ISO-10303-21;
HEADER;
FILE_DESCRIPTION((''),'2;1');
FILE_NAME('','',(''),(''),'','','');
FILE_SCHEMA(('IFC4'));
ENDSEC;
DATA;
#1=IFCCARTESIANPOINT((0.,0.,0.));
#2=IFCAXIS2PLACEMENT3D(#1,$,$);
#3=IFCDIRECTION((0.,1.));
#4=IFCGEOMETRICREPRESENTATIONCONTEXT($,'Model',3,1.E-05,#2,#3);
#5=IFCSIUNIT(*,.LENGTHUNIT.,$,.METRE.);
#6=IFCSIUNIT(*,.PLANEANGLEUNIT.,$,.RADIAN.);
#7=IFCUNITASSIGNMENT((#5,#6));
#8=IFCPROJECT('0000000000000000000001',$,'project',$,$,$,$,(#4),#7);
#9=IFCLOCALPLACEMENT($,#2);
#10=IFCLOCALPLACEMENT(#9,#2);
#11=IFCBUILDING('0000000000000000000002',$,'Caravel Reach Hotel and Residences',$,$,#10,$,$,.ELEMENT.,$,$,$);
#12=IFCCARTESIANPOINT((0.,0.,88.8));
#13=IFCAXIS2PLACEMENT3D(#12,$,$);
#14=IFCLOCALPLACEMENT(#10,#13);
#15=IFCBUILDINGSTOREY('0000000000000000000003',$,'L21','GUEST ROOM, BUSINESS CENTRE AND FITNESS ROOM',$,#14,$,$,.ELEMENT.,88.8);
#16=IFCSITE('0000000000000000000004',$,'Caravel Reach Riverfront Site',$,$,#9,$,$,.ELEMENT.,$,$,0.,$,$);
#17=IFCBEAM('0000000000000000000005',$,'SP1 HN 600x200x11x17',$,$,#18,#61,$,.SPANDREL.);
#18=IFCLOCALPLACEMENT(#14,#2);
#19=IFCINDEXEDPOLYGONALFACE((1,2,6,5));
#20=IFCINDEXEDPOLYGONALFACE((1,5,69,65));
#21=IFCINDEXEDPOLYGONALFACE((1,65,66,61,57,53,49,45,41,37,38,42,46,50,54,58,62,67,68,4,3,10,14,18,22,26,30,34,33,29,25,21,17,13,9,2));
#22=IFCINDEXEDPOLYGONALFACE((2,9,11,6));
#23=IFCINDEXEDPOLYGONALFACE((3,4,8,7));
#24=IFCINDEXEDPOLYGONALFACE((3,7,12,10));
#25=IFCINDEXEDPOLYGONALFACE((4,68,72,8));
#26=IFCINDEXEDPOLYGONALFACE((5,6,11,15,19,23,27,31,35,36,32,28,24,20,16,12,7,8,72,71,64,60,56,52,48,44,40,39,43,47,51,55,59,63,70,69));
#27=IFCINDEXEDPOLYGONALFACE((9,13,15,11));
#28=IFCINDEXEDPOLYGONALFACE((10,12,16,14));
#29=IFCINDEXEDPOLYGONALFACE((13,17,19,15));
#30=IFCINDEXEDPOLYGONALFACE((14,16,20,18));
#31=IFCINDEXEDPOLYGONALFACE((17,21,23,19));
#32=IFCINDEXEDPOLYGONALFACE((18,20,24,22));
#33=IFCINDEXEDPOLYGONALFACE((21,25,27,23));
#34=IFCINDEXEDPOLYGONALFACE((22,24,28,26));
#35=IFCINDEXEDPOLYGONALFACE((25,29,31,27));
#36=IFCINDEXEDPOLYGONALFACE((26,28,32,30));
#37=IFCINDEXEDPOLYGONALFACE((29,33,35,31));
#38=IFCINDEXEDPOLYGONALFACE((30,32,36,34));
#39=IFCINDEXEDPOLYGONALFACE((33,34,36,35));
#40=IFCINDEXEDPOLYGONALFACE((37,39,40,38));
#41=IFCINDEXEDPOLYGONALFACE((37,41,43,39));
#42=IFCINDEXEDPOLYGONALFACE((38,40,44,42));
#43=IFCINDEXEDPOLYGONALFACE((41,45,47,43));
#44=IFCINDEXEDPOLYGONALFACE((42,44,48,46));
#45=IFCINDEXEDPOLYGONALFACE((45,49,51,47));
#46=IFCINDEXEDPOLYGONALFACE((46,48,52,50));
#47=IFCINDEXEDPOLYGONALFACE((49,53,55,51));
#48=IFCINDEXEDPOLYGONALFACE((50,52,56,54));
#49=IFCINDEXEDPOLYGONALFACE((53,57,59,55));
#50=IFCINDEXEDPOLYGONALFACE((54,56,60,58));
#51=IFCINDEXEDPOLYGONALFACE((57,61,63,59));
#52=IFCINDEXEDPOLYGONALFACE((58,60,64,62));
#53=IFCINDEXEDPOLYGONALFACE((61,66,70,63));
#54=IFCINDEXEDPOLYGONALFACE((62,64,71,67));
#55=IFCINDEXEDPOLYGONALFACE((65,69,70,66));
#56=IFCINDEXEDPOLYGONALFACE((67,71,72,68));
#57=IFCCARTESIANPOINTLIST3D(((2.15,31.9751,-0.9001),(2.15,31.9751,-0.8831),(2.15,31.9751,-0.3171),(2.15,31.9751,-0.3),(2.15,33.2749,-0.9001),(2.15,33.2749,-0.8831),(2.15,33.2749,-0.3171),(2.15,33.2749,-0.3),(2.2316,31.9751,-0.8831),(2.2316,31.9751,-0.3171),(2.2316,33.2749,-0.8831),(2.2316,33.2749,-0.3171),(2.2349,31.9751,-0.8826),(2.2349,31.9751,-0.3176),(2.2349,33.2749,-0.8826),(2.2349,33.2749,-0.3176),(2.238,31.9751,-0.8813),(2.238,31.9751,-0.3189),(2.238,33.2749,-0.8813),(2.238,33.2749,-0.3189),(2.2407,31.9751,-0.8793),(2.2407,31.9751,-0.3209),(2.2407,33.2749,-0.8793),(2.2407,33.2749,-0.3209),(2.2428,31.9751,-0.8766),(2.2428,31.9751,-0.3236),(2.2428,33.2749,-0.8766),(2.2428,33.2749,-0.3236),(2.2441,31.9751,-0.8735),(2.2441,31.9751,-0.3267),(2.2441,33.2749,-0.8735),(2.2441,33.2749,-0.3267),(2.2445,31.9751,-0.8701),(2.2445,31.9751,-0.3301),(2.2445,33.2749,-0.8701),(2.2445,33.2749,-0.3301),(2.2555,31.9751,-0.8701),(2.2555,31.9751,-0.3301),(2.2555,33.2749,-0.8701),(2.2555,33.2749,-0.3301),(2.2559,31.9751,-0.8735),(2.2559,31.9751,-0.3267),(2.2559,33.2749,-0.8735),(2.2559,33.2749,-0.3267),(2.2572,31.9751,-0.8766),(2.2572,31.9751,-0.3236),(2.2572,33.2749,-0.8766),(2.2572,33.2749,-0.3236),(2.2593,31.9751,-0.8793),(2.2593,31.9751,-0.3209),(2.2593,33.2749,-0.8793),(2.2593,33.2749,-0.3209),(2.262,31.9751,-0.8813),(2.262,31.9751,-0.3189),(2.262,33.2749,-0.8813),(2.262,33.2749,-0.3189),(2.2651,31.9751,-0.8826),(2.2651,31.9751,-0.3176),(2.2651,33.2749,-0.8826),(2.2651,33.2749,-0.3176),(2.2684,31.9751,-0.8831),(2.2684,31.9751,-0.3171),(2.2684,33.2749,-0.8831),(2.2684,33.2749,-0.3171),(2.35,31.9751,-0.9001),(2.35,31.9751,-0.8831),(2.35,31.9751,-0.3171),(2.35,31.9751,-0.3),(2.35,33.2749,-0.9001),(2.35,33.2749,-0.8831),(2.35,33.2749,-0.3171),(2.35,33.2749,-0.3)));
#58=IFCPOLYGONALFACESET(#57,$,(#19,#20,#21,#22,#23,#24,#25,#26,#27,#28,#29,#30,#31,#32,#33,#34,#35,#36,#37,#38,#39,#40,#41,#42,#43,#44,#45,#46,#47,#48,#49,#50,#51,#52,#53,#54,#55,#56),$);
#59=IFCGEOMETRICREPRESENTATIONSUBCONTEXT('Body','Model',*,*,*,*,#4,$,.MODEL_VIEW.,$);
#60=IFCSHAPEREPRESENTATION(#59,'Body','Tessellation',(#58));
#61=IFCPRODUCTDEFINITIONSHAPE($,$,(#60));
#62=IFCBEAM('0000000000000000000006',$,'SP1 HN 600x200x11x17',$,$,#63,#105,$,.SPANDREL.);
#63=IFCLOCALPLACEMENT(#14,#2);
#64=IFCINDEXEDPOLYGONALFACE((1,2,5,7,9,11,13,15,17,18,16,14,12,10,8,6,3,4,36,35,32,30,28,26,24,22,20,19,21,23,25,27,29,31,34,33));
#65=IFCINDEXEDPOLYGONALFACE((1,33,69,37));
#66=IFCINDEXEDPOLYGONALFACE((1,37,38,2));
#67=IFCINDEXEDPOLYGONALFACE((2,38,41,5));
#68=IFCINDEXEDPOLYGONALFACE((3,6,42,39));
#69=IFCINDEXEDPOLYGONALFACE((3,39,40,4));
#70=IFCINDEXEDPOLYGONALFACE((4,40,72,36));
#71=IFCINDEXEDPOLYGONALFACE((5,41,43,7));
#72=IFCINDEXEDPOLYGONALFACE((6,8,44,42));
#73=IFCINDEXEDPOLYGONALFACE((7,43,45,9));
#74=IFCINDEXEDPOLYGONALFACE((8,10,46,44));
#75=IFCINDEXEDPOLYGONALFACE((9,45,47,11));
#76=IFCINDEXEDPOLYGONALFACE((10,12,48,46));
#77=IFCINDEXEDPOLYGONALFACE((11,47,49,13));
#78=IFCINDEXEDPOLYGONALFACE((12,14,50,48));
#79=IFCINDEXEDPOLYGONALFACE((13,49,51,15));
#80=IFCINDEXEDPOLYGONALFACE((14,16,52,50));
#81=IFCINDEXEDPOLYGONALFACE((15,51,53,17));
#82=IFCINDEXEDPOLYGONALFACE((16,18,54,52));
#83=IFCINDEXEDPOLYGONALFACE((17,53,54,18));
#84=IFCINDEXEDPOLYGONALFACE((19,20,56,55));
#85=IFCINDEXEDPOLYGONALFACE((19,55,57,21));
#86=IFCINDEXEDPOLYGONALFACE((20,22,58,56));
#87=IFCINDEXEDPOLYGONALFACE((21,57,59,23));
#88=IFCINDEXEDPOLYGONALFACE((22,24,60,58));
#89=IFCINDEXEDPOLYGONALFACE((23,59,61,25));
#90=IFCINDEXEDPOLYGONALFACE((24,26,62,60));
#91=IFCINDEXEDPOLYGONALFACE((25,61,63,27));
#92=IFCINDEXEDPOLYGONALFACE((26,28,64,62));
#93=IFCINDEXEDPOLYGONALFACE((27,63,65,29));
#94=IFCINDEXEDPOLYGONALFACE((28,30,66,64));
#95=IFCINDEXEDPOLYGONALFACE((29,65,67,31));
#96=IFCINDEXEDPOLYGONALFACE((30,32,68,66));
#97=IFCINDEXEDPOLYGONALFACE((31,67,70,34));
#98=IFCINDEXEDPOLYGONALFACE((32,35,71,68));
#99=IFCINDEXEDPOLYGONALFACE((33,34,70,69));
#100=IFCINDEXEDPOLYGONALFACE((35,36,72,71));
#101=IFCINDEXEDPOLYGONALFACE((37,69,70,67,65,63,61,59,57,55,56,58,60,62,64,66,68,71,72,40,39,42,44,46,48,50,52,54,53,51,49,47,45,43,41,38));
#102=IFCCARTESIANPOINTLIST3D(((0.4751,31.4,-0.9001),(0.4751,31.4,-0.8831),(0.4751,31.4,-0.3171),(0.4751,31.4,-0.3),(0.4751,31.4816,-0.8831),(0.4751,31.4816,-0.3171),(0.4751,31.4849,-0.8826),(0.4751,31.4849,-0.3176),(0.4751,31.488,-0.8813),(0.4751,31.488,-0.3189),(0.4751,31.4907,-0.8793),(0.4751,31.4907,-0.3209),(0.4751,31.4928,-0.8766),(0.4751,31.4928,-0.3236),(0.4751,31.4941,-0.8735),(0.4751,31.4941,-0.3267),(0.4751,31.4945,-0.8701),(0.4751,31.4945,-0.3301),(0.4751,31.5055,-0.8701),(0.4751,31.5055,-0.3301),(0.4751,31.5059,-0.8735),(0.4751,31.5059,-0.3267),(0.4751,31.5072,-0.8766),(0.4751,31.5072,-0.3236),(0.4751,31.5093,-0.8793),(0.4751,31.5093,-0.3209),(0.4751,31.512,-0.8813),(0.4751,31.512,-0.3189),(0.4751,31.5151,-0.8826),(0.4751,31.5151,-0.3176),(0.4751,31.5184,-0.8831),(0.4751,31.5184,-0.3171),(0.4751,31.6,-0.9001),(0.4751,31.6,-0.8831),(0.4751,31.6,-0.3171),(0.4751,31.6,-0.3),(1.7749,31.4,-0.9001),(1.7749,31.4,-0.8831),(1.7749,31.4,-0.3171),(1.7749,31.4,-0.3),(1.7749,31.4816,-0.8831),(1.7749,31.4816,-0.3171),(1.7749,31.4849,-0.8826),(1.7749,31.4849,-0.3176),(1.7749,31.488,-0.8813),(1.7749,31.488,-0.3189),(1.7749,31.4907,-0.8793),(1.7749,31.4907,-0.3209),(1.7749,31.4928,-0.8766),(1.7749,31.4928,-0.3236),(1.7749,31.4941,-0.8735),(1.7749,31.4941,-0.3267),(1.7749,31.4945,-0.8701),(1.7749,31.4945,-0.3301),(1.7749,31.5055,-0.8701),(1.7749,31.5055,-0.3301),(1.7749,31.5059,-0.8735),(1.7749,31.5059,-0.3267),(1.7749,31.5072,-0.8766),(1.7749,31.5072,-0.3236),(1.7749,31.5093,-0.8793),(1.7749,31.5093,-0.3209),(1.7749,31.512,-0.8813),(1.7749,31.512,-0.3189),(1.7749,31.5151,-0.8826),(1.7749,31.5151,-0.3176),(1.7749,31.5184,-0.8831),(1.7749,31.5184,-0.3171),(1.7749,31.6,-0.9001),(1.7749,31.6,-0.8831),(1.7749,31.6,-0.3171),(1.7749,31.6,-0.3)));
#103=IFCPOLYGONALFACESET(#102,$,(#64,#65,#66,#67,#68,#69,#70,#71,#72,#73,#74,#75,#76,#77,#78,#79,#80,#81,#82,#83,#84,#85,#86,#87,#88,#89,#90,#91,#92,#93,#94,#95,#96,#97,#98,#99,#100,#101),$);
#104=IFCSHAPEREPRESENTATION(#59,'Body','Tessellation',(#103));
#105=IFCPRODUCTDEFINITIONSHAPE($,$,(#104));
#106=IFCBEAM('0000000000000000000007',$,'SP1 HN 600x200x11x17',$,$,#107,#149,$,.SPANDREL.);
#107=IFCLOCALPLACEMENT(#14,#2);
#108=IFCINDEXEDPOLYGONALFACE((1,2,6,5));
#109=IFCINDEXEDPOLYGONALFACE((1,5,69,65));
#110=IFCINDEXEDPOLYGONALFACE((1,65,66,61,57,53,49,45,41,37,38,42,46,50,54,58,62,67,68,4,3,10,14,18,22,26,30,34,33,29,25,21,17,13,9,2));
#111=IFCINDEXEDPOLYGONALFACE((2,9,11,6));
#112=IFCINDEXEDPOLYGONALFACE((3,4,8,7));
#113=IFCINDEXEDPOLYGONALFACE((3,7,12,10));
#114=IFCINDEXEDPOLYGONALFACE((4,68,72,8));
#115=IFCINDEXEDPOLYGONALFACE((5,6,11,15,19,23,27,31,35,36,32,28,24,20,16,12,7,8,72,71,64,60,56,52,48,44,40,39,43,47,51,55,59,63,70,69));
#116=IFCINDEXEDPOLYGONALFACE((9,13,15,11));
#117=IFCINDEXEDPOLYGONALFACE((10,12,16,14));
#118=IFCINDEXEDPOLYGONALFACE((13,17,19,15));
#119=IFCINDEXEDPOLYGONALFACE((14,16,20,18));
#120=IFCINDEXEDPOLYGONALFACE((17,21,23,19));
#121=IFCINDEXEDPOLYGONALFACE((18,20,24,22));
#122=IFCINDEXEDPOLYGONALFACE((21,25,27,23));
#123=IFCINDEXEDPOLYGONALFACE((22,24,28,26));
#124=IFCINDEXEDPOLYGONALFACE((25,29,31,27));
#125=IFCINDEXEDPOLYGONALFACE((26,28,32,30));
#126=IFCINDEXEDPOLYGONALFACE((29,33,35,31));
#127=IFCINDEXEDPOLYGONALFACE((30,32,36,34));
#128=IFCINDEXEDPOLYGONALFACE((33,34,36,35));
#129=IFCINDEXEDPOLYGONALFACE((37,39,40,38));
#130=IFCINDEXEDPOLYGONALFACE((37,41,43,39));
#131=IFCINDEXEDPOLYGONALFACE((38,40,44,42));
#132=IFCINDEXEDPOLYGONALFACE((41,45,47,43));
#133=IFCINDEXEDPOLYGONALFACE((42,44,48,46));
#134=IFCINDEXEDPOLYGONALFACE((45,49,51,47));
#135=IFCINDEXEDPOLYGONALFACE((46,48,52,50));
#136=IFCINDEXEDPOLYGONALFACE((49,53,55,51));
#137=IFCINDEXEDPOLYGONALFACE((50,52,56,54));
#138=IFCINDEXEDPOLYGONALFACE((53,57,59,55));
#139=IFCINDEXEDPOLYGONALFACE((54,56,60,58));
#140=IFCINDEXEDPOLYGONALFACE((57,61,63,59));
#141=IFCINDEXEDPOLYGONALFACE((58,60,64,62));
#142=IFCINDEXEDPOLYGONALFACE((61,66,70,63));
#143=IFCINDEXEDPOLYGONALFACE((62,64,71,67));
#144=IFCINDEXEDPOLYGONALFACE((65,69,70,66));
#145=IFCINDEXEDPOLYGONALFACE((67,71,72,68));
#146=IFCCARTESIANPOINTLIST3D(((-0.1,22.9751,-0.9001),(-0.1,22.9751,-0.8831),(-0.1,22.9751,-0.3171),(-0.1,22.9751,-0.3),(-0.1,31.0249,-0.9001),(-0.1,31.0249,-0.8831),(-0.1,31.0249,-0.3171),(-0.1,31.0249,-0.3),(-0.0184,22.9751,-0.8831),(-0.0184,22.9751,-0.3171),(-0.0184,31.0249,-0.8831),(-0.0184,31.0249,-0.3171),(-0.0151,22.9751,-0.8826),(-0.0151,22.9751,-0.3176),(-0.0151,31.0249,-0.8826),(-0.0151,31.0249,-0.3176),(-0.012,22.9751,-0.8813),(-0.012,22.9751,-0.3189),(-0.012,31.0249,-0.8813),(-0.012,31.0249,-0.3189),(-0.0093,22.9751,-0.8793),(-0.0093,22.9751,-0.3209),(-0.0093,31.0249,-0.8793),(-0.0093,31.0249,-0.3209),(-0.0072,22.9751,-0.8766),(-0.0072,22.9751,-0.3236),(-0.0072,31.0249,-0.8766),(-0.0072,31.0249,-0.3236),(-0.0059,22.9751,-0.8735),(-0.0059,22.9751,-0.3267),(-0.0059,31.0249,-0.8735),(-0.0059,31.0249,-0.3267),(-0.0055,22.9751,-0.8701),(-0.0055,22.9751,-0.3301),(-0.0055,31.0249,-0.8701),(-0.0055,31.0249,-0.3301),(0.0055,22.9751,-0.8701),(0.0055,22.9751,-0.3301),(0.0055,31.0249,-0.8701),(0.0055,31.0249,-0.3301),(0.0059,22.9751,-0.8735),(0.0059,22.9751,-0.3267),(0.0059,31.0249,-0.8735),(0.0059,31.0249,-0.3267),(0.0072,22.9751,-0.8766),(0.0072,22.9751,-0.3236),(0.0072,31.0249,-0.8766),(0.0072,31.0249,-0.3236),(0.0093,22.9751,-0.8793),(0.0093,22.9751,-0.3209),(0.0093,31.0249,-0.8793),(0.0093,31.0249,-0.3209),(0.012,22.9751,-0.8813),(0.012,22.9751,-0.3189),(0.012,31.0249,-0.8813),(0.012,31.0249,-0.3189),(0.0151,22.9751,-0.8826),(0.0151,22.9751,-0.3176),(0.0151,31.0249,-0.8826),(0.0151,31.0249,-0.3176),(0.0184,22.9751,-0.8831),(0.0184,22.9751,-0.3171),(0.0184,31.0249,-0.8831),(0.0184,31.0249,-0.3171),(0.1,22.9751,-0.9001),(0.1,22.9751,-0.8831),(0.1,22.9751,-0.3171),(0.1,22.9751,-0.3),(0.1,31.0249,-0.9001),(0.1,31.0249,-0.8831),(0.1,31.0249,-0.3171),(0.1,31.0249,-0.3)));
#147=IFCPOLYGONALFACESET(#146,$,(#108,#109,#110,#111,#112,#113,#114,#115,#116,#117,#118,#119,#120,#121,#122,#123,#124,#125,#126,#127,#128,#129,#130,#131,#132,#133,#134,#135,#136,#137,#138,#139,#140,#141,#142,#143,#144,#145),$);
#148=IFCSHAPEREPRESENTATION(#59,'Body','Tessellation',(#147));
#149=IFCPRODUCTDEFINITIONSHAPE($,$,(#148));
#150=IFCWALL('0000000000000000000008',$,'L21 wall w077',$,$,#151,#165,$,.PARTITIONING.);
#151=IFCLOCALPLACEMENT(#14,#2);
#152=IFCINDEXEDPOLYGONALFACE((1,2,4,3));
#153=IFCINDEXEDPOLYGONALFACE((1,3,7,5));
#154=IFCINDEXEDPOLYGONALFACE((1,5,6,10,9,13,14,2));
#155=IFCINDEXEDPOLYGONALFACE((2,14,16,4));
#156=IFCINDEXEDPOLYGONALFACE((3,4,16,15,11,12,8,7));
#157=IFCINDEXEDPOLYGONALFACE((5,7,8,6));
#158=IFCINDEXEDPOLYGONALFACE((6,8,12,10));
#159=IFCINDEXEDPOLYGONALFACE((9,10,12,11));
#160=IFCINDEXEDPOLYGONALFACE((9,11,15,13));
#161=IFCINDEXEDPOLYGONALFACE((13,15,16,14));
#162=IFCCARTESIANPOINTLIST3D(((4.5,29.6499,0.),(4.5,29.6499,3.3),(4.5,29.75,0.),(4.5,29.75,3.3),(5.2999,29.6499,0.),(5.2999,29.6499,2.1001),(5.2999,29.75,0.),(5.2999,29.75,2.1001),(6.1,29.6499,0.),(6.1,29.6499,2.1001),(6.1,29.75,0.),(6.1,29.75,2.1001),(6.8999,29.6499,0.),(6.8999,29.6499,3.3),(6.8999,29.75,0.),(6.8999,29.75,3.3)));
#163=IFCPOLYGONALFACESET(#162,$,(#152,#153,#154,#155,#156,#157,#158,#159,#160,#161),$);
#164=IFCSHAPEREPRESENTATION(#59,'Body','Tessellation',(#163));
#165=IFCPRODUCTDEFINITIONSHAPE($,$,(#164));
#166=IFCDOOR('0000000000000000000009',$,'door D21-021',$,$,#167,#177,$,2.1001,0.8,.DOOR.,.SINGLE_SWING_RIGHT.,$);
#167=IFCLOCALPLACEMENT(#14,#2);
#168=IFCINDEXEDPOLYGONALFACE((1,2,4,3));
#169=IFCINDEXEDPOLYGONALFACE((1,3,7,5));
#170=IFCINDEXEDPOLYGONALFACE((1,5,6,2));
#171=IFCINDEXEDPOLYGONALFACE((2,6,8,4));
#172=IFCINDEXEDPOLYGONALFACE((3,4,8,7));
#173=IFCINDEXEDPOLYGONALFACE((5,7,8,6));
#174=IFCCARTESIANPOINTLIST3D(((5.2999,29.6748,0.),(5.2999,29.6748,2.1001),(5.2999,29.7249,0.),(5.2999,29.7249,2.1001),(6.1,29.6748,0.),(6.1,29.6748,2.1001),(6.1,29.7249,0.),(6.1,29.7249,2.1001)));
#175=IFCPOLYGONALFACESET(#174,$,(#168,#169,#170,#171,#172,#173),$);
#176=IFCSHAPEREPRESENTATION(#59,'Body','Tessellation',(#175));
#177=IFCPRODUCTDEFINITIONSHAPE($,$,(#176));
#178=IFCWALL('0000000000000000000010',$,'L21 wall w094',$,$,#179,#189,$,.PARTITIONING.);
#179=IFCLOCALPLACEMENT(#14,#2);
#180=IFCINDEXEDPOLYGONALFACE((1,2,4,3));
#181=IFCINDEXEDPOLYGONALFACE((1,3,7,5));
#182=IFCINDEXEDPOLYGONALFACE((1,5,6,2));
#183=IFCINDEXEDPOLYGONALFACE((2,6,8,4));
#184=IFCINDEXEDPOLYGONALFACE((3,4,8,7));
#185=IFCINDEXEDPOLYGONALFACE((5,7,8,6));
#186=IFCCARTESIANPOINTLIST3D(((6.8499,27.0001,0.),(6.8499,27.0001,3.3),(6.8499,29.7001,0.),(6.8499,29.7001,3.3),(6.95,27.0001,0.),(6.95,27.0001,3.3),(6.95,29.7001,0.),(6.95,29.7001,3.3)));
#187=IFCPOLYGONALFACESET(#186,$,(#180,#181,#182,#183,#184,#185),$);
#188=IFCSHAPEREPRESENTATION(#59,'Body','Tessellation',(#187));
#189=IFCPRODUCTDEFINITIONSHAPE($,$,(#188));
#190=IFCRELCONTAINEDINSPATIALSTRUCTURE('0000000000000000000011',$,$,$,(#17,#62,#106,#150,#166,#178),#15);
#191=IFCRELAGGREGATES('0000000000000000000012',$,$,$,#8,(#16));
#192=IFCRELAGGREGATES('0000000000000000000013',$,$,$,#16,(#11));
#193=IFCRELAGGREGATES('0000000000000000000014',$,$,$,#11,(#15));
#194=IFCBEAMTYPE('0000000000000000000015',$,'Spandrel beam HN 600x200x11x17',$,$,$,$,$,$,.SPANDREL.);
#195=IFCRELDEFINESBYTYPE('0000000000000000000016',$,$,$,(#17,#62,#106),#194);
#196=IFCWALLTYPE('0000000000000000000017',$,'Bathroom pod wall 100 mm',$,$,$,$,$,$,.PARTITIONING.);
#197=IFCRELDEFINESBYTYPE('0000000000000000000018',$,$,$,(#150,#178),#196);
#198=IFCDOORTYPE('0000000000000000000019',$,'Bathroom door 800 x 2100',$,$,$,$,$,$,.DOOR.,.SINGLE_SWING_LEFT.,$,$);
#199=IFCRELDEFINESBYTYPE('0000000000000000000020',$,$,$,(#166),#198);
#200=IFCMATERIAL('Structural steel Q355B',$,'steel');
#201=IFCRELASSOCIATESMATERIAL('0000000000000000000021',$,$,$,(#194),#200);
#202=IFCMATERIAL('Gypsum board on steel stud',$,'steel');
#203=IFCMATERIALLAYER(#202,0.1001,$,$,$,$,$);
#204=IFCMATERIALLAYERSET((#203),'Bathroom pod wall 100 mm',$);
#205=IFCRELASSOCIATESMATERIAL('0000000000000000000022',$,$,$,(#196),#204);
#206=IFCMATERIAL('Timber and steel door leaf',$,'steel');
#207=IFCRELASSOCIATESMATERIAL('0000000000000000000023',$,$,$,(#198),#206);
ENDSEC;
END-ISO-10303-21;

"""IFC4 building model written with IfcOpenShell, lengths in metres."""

from ifc_helpers import new_model, si_unit, direction, frame, frame_2d, origin, origin_2d, place, context, subcontext, project, spatial, rectangle, i_section, extrude, material, layer, layer_set, material_profile, profile_set, type_object, element, fill, save


model = new_model("IFC4")

# Units and contexts
model_context = context("Model", 3, precision=1e-05, world=origin(), true_north=direction((0.0, 1.0)))
body_context = subcontext(model_context, "Body", "Model", "MODEL_VIEW")
ifc_project = project(units=[si_unit("LENGTHUNIT", "METRE"), si_unit("PLANEANGLEUNIT", "RADIAN")], contexts=[model_context])

# Site, building, storey
site_placement = place(None, origin())
site = spatial("IfcSite", under=ifc_project, at=site_placement, Name="Caravel Reach Riverfront Site", CompositionType="ELEMENT", RefElevation=0.0)
building_placement = place(site_placement, origin())
building = spatial("IfcBuilding", under=site, at=building_placement, Name="Caravel Reach Hotel and Residences", CompositionType="ELEMENT")
storey_placement = place(building_placement, frame((0.0, 0.0, 88.8)))
storey = spatial("IfcBuildingStorey", under=building, at=storey_placement, Name="L21", Description="GUEST ROOM, BUSINESS CENTRE AND FITNESS ROOM", CompositionType="ELEMENT", Elevation=88.8)

# Beams
ifc_material_1 = material(Name="Structural steel Q355B", Category="steel")
ifc_material_profile_1 = material_profile(ifc_material_1, i_section(OverallWidth=0.2, OverallDepth=0.6001, WebThickness=0.011, FlangeThickness=0.0171, FilletRadius=0.0129, at=origin_2d()), Name="HN 600x200x11x17")
ifc_profile_set_1 = profile_set([ifc_material_profile_1], Name="Structural steel Q355B")
beam_type = type_object("IfcBeamType", Name="Spandrel beam HN 600x200x11x17", PredefinedType="SPANDREL", material=ifc_profile_set_1)
for number, where, z_axis, x_axis, name in (
    (1, (2.25, 33.2749, -0.6001), (0.0, -1.0, 0.0), (1.0, 0.0, 0.0), "SP1 HN 600x200x11x17"),
    (2, (1.7749, 31.5, -0.6001), (-1.0, 0.0, 0.0), (0.0, -1.0, 0.0), "SP1 HN 600x200x11x17"),
):
    element("IfcBeam", number, at=place(storey_placement, frame(where, z_axis=z_axis, x_axis=x_axis)), inside=storey, type_object=beam_type, Name=name, PredefinedType="SPANDREL", context=body_context, shape_type="SweptSolid", body=[
        extrude(i_section(OverallWidth=0.2, OverallDepth=0.6001, WebThickness=0.011, FlangeThickness=0.0171, FilletRadius=0.0129, at=origin_2d()), origin(), (0.0, 0.0, 1.0), 1.2998),
    ])
beam_placement = place(storey_placement, frame((0.0, 31.0249, -0.6001), z_axis=(0.0, -1.0, 0.0), x_axis=(1.0, 0.0, 0.0)))
element("IfcBeam", 3, at=beam_placement, inside=storey, type_object=beam_type, Name="SP1 HN 600x200x11x17", PredefinedType="SPANDREL", context=body_context, shape_type="SweptSolid", body=[
    extrude(i_section(OverallWidth=0.2, OverallDepth=0.6001, WebThickness=0.011, FlangeThickness=0.0171, FilletRadius=0.0129, at=origin_2d()), origin(), (0.0, 0.0, 1.0), 8.0498),
])

# Wall, opening, door
ifc_material_2 = material(Name="Gypsum board on steel stud", Category="steel")
ifc_layer_1 = layer(ifc_material_2, 0.1001)
ifc_layer_set_1 = layer_set([ifc_layer_1], Name="Bathroom pod wall 100 mm")
wall_type_1 = type_object("IfcWallType", Name="Bathroom pod wall 100 mm", PredefinedType="PARTITIONING", material=ifc_layer_set_1)
wall_1_placement = place(storey_placement, frame((4.5, 29.7, 0.0), z_axis=(0.0, 0.0, 1.0), x_axis=(1.0, 0.0, 0.0)))
wall_1 = element("IfcWall", 4, at=wall_1_placement, inside=storey, type_object=wall_type_1, Name="L21 wall w077", PredefinedType="PARTITIONING", context=body_context, shape_type="SweptSolid", body=[
    extrude(rectangle(XDim=2.3999, YDim=0.1001, at=frame_2d((1.2, 0.0))), origin(), (0.0, 0.0, 1.0), 3.3),
])
opening_1_placement = place(wall_1_placement, frame((0.8, 0.0, 0.0)))
opening_1 = element("IfcOpeningElement", 5, at=opening_1_placement, cuts=wall_1, PredefinedType="OPENING", context=body_context, shape_type="SweptSolid", body=[
    extrude(rectangle(XDim=0.8, YDim=2.1001, at=frame_2d((0.3999, 1.05))), frame((0.0, 0.0601, 0.0), z_axis=(0.0, -1.0, 0.0), x_axis=(1.0, 0.0, 0.0)), (0.0, 0.0, 1.0), 0.1201),
])
ifc_material_3 = material(Name="Timber and steel door leaf", Category="steel")
door_type_1 = type_object("IfcDoorType", Name="Bathroom door 800 x 2100", OperationType="SINGLE_SWING_LEFT", PredefinedType="DOOR", material=ifc_material_3)
door_1_placement = place(opening_1_placement, origin())
door_1 = element("IfcDoor", 6, at=door_1_placement, inside=storey, type_object=door_type_1, Name="door D21-021", OperationType="SINGLE_SWING_RIGHT", OverallHeight=2.1001, OverallWidth=0.8, PredefinedType="DOOR", context=body_context, shape_type="SweptSolid", body=[
    extrude(rectangle(XDim=0.8, YDim=2.1001, at=frame_2d((0.3999, 1.05))), frame((0.0, 0.0249, 0.0), z_axis=(0.0, -1.0, 0.0), x_axis=(1.0, 0.0, 0.0)), (0.0, 0.0, 1.0), 0.05),
])
fill(opening_1, door_1)

# Wall
wall_2_placement = place(storey_placement, frame((6.8999, 27.0, 0.0), z_axis=(0.0, 0.0, 1.0), x_axis=(0.0, 1.0, 0.0)))
element("IfcWall", 7, at=wall_2_placement, inside=storey, type_object=wall_type_1, Name="L21 wall w094", PredefinedType="PARTITIONING", context=body_context, shape_type="SweptSolid", body=[
    extrude(rectangle(XDim=2.7, YDim=0.1001, at=frame_2d((1.3501, 0.0))), origin(), (0.0, 0.0, 1.0), 3.3),
])

save(model, "model.ifc")
